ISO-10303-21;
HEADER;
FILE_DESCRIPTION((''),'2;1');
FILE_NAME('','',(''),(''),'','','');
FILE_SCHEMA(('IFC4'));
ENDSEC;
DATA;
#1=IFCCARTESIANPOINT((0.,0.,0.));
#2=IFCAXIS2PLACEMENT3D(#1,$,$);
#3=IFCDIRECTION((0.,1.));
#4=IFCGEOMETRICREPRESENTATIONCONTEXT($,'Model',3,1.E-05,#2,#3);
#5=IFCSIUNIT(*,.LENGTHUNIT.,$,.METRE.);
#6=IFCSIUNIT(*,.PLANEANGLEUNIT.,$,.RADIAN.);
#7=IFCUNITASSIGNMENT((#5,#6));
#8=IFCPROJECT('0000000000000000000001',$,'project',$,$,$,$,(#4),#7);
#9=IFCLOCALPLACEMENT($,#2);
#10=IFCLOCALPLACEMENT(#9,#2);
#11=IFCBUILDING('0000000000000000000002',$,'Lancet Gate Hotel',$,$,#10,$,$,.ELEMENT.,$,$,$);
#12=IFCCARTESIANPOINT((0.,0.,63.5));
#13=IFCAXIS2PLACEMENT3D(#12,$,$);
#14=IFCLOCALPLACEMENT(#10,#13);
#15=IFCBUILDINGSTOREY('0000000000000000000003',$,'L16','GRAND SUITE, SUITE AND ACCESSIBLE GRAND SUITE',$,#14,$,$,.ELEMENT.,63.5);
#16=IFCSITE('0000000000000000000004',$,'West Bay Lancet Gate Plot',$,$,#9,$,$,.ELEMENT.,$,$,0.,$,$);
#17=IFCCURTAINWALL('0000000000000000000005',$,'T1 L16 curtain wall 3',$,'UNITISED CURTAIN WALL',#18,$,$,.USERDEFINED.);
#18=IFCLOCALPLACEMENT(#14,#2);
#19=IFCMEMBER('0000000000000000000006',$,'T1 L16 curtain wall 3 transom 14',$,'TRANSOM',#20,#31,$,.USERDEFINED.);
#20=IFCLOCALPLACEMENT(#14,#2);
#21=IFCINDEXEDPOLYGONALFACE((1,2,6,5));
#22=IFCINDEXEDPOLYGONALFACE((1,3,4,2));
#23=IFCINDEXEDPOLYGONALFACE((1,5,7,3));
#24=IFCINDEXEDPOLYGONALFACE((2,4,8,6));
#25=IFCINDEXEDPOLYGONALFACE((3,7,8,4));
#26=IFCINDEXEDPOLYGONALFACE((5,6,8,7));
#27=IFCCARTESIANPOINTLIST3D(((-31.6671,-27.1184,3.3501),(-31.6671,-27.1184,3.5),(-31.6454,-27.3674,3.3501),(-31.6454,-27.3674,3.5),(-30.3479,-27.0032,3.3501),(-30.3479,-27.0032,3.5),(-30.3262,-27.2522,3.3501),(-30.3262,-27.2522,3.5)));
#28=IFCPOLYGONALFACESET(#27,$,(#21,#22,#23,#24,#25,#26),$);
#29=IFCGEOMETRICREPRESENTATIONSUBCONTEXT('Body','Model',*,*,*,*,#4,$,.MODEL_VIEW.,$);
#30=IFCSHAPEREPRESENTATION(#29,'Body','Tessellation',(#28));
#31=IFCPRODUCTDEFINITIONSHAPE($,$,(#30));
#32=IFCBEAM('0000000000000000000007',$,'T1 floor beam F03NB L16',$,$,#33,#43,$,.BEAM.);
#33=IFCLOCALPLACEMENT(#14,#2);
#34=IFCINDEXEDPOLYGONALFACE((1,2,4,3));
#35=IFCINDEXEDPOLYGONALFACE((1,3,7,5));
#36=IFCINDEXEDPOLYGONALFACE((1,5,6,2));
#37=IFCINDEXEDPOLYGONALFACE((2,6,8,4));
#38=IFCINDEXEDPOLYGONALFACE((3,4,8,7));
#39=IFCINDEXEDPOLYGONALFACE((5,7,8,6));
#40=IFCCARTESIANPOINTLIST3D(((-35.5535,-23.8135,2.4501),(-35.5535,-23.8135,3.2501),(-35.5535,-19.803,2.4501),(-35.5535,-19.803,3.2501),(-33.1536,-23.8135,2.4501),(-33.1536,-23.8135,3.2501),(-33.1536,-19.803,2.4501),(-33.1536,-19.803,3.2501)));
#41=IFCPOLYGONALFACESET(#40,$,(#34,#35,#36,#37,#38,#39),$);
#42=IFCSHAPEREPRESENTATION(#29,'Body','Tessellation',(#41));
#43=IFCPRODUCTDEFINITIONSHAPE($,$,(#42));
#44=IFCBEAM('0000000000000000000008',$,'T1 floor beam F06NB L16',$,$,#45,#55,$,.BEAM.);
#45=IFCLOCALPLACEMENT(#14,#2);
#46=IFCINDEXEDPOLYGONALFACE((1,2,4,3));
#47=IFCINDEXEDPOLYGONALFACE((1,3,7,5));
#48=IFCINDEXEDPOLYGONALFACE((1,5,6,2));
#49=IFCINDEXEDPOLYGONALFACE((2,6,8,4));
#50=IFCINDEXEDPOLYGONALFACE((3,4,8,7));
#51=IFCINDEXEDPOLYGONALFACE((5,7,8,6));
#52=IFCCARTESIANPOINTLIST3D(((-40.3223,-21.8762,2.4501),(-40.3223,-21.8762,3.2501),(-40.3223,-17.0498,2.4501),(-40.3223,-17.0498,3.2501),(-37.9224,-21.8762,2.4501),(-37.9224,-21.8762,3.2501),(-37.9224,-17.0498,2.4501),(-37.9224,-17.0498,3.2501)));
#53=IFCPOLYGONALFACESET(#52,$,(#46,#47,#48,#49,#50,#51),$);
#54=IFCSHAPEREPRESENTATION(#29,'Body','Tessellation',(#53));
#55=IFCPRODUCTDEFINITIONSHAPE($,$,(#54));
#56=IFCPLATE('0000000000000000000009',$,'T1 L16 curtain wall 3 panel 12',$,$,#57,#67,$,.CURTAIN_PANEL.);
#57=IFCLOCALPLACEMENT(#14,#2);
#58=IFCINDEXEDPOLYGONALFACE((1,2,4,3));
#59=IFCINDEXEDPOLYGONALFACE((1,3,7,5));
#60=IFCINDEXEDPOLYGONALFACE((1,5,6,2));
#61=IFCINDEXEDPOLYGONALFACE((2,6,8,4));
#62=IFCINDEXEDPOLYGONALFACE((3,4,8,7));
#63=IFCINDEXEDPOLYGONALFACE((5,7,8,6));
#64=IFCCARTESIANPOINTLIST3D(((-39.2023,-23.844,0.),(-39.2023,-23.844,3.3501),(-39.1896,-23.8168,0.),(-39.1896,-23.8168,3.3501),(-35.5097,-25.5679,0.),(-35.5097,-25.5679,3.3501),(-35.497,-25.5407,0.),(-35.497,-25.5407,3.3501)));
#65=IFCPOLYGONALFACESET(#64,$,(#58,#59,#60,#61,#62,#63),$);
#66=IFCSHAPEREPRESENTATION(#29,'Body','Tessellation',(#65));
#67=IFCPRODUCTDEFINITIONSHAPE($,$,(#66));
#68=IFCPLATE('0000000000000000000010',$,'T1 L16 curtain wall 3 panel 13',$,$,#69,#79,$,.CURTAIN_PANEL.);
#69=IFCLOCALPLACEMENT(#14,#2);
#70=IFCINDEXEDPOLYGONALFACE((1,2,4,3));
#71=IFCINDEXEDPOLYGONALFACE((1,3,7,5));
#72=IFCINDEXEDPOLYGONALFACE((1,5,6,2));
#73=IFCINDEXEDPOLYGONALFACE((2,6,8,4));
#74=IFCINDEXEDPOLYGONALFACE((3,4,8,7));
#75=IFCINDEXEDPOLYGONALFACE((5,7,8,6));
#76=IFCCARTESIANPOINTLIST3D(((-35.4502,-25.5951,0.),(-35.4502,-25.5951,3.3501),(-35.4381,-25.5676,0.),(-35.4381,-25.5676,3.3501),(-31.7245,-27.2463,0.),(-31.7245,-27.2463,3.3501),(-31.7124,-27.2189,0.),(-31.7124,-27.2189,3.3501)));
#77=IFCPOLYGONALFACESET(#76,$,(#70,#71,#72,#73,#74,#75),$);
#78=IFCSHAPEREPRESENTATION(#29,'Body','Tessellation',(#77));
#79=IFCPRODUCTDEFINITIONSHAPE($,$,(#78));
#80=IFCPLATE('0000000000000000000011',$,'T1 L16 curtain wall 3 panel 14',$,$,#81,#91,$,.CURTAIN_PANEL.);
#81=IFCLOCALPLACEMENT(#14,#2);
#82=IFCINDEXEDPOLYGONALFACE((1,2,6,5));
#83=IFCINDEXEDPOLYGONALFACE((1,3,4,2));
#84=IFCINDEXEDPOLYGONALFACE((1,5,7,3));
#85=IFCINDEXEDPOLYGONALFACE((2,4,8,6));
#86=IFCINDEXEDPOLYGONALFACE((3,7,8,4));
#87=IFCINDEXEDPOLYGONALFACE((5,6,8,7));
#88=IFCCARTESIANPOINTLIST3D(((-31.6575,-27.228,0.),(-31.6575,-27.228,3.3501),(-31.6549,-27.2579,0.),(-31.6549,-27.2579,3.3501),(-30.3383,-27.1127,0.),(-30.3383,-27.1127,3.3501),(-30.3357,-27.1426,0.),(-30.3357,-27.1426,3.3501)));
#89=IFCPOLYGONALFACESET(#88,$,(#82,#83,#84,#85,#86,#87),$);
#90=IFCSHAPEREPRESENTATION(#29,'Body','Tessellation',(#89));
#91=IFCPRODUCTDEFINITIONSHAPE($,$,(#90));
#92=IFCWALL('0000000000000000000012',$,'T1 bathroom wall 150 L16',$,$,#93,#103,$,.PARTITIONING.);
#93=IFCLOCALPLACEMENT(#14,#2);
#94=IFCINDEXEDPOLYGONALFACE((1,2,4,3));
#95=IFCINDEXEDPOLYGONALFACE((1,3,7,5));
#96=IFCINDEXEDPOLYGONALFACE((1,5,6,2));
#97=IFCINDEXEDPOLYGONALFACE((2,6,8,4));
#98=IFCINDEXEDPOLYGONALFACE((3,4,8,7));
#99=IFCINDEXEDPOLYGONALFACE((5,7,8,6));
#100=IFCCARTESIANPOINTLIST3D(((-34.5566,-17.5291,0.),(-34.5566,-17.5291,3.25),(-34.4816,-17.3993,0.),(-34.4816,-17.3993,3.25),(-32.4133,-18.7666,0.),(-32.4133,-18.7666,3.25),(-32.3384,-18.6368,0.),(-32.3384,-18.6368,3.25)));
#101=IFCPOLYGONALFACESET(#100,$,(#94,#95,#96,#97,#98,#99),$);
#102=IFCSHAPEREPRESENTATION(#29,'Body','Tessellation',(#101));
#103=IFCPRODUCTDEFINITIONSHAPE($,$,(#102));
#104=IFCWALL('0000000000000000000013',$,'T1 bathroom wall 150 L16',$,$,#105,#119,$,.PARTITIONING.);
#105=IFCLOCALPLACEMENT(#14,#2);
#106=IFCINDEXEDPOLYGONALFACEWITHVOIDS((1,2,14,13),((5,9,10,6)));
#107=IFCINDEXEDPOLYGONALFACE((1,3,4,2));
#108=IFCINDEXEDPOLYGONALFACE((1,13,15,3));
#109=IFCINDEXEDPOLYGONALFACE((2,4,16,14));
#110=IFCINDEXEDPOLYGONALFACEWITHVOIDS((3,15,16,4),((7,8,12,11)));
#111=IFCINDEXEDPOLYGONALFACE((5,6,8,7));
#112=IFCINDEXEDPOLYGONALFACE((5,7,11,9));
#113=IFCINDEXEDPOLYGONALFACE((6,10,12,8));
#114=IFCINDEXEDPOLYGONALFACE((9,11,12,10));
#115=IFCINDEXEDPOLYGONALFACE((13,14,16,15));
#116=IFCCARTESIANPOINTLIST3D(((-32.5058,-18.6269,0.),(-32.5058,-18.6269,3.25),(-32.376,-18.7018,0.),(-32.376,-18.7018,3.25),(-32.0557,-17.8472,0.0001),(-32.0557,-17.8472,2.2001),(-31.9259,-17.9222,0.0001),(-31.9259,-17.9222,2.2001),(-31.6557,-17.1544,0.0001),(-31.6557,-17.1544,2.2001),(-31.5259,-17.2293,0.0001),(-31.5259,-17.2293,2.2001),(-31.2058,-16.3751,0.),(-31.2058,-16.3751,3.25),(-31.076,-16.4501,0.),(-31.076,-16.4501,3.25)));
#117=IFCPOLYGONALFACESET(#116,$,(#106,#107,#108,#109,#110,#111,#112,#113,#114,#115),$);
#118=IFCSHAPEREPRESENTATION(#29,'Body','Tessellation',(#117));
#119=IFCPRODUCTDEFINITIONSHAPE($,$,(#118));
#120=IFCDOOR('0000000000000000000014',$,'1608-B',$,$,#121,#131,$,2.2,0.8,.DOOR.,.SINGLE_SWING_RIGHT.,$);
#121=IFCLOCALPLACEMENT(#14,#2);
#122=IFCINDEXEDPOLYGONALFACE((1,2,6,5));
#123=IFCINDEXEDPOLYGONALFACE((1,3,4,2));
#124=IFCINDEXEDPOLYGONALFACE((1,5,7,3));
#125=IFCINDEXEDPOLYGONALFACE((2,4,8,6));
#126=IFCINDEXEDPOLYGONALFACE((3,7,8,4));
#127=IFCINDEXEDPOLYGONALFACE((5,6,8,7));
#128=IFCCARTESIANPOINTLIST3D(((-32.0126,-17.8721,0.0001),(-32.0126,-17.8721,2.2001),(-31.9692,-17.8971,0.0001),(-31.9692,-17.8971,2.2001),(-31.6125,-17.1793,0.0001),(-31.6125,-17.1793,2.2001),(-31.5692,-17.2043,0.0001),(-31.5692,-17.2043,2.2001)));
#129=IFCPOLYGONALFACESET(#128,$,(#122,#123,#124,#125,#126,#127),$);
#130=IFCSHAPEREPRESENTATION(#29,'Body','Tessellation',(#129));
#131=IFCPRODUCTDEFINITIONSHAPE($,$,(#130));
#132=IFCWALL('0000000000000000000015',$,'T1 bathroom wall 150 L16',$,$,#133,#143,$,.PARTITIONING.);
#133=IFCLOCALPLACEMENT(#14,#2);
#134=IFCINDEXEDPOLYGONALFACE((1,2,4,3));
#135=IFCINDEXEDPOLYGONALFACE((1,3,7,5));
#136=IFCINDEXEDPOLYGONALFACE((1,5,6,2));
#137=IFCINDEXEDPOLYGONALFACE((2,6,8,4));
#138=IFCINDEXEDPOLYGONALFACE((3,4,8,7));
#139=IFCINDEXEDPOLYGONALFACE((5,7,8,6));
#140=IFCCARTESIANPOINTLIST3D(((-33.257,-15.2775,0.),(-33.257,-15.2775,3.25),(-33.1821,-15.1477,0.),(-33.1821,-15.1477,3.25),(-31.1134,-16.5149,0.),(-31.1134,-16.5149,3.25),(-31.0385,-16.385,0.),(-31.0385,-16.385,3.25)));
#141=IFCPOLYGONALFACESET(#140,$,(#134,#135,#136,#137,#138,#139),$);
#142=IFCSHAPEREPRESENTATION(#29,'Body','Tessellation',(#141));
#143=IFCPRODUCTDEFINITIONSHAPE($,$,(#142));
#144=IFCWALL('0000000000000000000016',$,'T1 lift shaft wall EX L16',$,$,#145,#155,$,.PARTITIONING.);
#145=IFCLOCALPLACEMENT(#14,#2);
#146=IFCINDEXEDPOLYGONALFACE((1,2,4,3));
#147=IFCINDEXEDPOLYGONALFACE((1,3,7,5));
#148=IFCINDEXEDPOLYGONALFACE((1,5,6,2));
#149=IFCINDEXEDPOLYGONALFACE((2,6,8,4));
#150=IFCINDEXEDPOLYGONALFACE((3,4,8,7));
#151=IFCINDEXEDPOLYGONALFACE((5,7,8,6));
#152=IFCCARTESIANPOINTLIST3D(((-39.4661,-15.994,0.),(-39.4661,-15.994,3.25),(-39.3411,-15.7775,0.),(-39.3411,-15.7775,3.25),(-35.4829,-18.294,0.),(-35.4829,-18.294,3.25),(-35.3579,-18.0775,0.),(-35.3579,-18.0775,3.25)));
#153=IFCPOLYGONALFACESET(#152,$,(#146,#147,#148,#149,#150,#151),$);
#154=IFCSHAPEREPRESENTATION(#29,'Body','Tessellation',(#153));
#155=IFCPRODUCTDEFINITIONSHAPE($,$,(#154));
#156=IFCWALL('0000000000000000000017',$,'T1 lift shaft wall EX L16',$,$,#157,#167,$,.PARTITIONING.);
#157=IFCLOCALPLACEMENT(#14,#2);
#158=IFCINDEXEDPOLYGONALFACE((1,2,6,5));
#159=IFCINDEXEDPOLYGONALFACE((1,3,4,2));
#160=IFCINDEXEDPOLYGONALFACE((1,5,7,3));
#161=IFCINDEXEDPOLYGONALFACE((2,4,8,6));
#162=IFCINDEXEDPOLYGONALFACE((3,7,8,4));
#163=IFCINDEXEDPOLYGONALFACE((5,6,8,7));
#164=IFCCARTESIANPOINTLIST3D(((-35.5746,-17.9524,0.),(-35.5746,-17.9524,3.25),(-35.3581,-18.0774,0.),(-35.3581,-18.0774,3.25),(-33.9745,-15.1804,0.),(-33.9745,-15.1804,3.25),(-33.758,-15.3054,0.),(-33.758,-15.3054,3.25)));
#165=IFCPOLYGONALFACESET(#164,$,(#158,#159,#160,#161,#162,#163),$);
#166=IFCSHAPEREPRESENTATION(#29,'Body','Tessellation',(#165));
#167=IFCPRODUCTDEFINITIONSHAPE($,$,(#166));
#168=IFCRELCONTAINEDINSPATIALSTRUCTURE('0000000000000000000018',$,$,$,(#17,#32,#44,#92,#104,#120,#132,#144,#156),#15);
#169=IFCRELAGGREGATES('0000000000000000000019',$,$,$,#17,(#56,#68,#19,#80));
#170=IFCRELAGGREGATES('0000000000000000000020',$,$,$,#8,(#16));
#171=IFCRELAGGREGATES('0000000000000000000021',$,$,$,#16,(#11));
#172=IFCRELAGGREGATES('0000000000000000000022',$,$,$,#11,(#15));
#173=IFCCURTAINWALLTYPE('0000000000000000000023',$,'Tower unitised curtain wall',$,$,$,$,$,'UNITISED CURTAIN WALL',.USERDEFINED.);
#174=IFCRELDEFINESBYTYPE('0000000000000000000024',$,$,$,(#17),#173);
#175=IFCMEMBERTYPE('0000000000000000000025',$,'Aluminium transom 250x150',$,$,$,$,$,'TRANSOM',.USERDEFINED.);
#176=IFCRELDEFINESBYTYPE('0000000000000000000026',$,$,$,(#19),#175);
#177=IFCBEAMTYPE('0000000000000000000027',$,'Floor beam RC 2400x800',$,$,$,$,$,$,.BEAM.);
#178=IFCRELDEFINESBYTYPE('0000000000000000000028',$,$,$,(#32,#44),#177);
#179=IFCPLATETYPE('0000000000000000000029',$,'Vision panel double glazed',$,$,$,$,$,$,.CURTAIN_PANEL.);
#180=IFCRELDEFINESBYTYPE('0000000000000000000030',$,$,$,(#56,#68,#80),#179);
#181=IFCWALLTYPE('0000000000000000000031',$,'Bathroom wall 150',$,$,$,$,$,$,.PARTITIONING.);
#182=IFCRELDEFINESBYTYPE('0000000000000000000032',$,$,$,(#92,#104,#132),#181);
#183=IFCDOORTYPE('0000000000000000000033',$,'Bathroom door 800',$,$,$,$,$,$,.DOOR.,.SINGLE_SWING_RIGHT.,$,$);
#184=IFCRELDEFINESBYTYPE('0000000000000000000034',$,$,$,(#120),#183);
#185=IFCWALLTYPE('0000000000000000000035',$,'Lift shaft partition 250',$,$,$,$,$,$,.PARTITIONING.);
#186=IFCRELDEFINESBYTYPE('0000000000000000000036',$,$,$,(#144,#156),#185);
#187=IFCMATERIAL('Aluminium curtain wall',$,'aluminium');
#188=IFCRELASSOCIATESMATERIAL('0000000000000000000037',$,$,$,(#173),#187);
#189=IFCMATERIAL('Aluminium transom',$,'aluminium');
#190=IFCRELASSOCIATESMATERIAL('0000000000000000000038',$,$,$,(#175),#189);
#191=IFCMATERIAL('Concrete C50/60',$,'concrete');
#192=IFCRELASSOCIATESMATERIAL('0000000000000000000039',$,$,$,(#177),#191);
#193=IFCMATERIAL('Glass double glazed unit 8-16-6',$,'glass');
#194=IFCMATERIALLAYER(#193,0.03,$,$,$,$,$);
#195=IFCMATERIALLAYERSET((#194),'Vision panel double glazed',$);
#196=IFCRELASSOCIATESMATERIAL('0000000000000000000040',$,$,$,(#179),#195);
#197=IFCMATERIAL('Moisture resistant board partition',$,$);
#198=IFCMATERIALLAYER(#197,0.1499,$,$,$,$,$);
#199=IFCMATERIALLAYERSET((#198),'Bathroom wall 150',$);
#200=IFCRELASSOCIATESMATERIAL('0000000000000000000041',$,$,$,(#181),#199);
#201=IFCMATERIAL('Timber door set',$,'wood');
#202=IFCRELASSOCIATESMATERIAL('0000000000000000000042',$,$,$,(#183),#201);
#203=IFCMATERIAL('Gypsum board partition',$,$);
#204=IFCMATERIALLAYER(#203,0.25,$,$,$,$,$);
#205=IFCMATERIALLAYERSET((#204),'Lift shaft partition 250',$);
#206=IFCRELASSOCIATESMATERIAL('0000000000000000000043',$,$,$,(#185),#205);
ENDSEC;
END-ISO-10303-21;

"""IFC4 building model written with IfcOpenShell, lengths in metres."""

from ifc_helpers import new_model, si_unit, direction, frame, frame_2d, origin, origin_2d, place, context, subcontext, project, spatial, rectangle, extrude, material, layer, layer_set, material_profile, profile_set, type_object, element, fill, aggregate, save


model = new_model("IFC4")

# Units and contexts
model_context = context("Model", 3, precision=1e-05, world=origin(), true_north=direction((0.0, 1.0)))
body_context = subcontext(model_context, "Body", "Model", "MODEL_VIEW")
ifc_project = project(units=[si_unit("LENGTHUNIT", "METRE"), si_unit("PLANEANGLEUNIT", "RADIAN")], contexts=[model_context])

# Site, building, storey
site_placement = place(None, origin())
site = spatial("IfcSite", under=ifc_project, at=site_placement, Name="West Bay Lancet Gate Plot", CompositionType="ELEMENT", RefElevation=0.0)
building_placement = place(site_placement, origin())
building = spatial("IfcBuilding", under=site, at=building_placement, Name="Lancet Gate Hotel", CompositionType="ELEMENT")
storey_placement = place(building_placement, frame((0.0, 0.0, 63.5)))
storey = spatial("IfcBuildingStorey", under=building, at=storey_placement, Name="L16", Description="GRAND SUITE, SUITE AND ACCESSIBLE GRAND SUITE", CompositionType="ELEMENT", Elevation=63.5)

# Curtain wall, member
ifc_material_1 = material(Name="Aluminium curtain wall", Category="aluminium")
curtain_wall_type = type_object("IfcCurtainWallType", Name="Tower unitised curtain wall", ElementType="UNITISED CURTAIN WALL", PredefinedType="USERDEFINED", material=ifc_material_1)
curtain_wall_placement = place(storey_placement, origin())
curtain_wall = element("IfcCurtainWall", 1, at=curtain_wall_placement, inside=storey, type_object=curtain_wall_type, Name="T1 L16 curtain wall 3", ObjectType="UNITISED CURTAIN WALL", PredefinedType="USERDEFINED")
ifc_material_2 = material(Name="Aluminium transom", Category="aluminium")
ifc_material_profile_1 = material_profile(ifc_material_2, rectangle(XDim=0.25, YDim=0.1499, at=origin_2d()), Name="TRANSOM 250x150")
ifc_profile_set_1 = profile_set([ifc_material_profile_1], Name="Aluminium transom")
member_type_1 = type_object("IfcMemberType", Name="Aluminium transom 250x150", ElementType="TRANSOM", PredefinedType="USERDEFINED", material=ifc_profile_set_1)
member_1_placement = place(storey_placement, frame((-31.6562, -27.2429, 3.425), z_axis=(0.996206, 0.087027, 0.0), x_axis=(-0.087027, 0.996206, 0.0)))
member_1 = element("IfcMember", 2, at=member_1_placement, type_object=member_type_1, Name="T1 L16 curtain wall 3 transom 14", ObjectType="TRANSOM", PredefinedType="USERDEFINED", context=body_context, shape_type="SweptSolid", body=[
    extrude(rectangle(XDim=0.25, YDim=0.1499, at=origin_2d()), origin(), (0.0, 0.0, 1.0), 1.3242),
])

# Beams
ifc_material_3 = material(Name="Concrete C50/60", Category="concrete")
ifc_material_profile_2 = material_profile(ifc_material_3, rectangle(XDim=2.3999, YDim=0.8, at=origin_2d()), Name="RC 2400x800")
ifc_profile_set_2 = profile_set([ifc_material_profile_2], Name="Concrete C50/60")
beam_type = type_object("IfcBeamType", Name="Floor beam RC 2400x800", PredefinedType="BEAM", material=ifc_profile_set_2)
beam_1_placement = place(storey_placement, frame((-34.3535, -19.803, 2.8501), z_axis=(0.0, -1.0, 0.0), x_axis=(1.0, 0.0, 0.0)))
element("IfcBeam", 3, at=beam_1_placement, inside=storey, type_object=beam_type, Name="T1 floor beam F03NB L16", PredefinedType="BEAM", context=body_context, shape_type="SweptSolid", body=[
    extrude(rectangle(XDim=2.3999, YDim=0.8, at=origin_2d()), origin(), (0.0, 0.0, 1.0), 4.0105),
])
beam_2_placement = place(storey_placement, frame((-39.1223, -17.0498, 2.8501), z_axis=(0.0, -1.0, 0.0), x_axis=(1.0, 0.0, 0.0)))
element("IfcBeam", 4, at=beam_2_placement, inside=storey, type_object=beam_type, Name="T1 floor beam F06NB L16", PredefinedType="BEAM", context=body_context, shape_type="SweptSolid", body=[
    extrude(rectangle(XDim=2.3999, YDim=0.8, at=origin_2d()), origin(), (0.0, 0.0, 1.0), 4.8264),
])

# Plates
ifc_material_4 = material(Name="Glass double glazed unit 8-16-6", Category="glass")
ifc_layer_1 = layer(ifc_material_4, 0.03)
ifc_layer_set_1 = layer_set([ifc_layer_1], Name="Vision panel double glazed")
plate_type = type_object("IfcPlateType", Name="Vision panel double glazed", PredefinedType="CURTAIN_PANEL", material=ifc_layer_set_1)
plate_1_placement = place(storey_placement, frame((-37.3496, -24.6924, 0.0), z_axis=(0.0, 0.0, 1.0), x_axis=(0.906118, -0.423026, 0.0)))
plate_1 = element("IfcPlate", 5, at=plate_1_placement, type_object=plate_type, Name="T1 L16 curtain wall 3 panel 12", PredefinedType="CURTAIN_PANEL", context=body_context, shape_type="SweptSolid", body=[
    extrude(rectangle(XDim=4.0752, YDim=0.03, at=origin_2d()), origin(), (0.0, 0.0, 1.0), 3.3501),
])
plate_2_placement = place(storey_placement, frame((-33.5813, -26.407, 0.0), z_axis=(0.0, 0.0, 1.0), x_axis=(0.914234, -0.405186, 0.0)))
plate_2 = element("IfcPlate", 6, at=plate_2_placement, type_object=plate_type, Name="T1 L16 curtain wall 3 panel 13", PredefinedType="CURTAIN_PANEL", context=body_context, shape_type="SweptSolid", body=[
    extrude(rectangle(XDim=4.0752, YDim=0.03, at=origin_2d()), origin(), (0.0, 0.0, 1.0), 3.3501),
])
plate_3_placement = place(storey_placement, frame((-30.9966, -27.1853, 0.0), z_axis=(0.0, 0.0, 1.0), x_axis=(0.996204, 0.087052, 0.0)))
plate_3 = element("IfcPlate", 7, at=plate_3_placement, type_object=plate_type, Name="T1 L16 curtain wall 3 panel 14", PredefinedType="CURTAIN_PANEL", context=body_context, shape_type="SweptSolid", body=[
    extrude(rectangle(XDim=1.3242, YDim=0.03, at=origin_2d()), origin(), (0.0, 0.0, 1.0), 3.3501),
])
aggregate(curtain_wall, [plate_1, plate_2, member_1, plate_3])

# Wall
ifc_material_5 = material(Name="Moisture resistant board partition")
ifc_layer_2 = layer(ifc_material_5, 0.1499)
ifc_layer_set_2 = layer_set([ifc_layer_2], Name="Bathroom wall 150")
wall_type_1 = type_object("IfcWallType", Name="Bathroom wall 150", PredefinedType="PARTITIONING", material=ifc_layer_set_2)
wall_1_placement = place(storey_placement, frame((-32.376, -18.7017, 0.0), z_axis=(0.0, 0.0, 1.0), x_axis=(-0.866007, 0.500033, 0.0)))
element("IfcWall", 8, at=wall_1_placement, inside=storey, type_object=wall_type_1, Name="T1 bathroom wall 150 L16", PredefinedType="PARTITIONING", context=body_context, shape_type="SweptSolid", body=[
    extrude(rectangle(XDim=2.4749, YDim=0.1499, at=frame_2d((1.2373, 0.0))), origin(), (0.0, 0.0, 1.0), 3.25),
])

# Wall, opening, door
wall_2_placement = place(storey_placement, frame((-31.1409, -16.4126, 0.0), z_axis=(0.0, 0.0, 1.0), x_axis=(-0.500007, -0.866021, 0.0)))
wall_2 = element("IfcWall", 9, at=wall_2_placement, inside=storey, type_object=wall_type_1, Name="T1 bathroom wall 150 L16", PredefinedType="PARTITIONING", context=body_context, shape_type="SweptSolid", body=[
    extrude(rectangle(XDim=2.6001, YDim=0.1499, at=frame_2d((1.3, 0.0))), origin(), (0.0, 0.0, 1.0), 3.25),
])
opening_placement = place(wall_2_placement, frame((0.8999, 0.0, 0.0)))
opening = element("IfcOpeningElement", 10, at=opening_placement, cuts=wall_2, PredefinedType="OPENING", context=body_context, shape_type="SweptSolid", body=[
    extrude(rectangle(XDim=0.8, YDim=2.2, at=frame_2d((0.3999, 1.1001))), frame((0.0, 0.085, 0.0), z_axis=(0.0, -1.0, 0.0), x_axis=(1.0, 0.0, 0.0)), (0.0, 0.0, 1.0), 0.1699),
])
ifc_material_6 = material(Name="Timber door set", Category="wood")
door_type = type_object("IfcDoorType", Name="Bathroom door 800", OperationType="SINGLE_SWING_RIGHT", PredefinedType="DOOR", material=ifc_material_6)
door_placement = place(opening_placement, origin())
door = element("IfcDoor", 11, at=door_placement, inside=storey, type_object=door_type, Name="1608-B", OperationType="SINGLE_SWING_RIGHT", OverallHeight=2.2, OverallWidth=0.8, PredefinedType="DOOR", context=body_context, shape_type="SweptSolid", body=[
    extrude(rectangle(XDim=0.8, YDim=2.2, at=frame_2d((0.3999, 1.1001))), frame((0.0, 0.0249, 0.0), z_axis=(0.0, -1.0, 0.0), x_axis=(1.0, 0.0, 0.0)), (0.0, 0.0, 1.0), 0.05),
])
fill(opening, door)

# Walls
wall_3_placement = place(storey_placement, frame((-31.0759, -16.45, 0.0), z_axis=(0.0, 0.0, 1.0), x_axis=(-0.866074, 0.499916, 0.0)))
element("IfcWall", 12, at=wall_3_placement, inside=storey, type_object=wall_type_1, Name="T1 bathroom wall 150 L16", PredefinedType="PARTITIONING", context=body_context, shape_type="SweptSolid", body=[
    extrude(rectangle(XDim=2.4751, YDim=0.1499, at=frame_2d((1.2375, 0.0))), origin(), (0.0, 0.0, 1.0), 3.25),
])
ifc_material_7 = material(Name="Gypsum board partition")
ifc_layer_3 = layer(ifc_material_7, 0.25)
ifc_layer_set_3 = layer_set([ifc_layer_3], Name="Lift shaft partition 250")
wall_type_2 = type_object("IfcWallType", Name="Lift shaft partition 250", PredefinedType="PARTITIONING", material=ifc_layer_set_3)
wall_4_placement = place(storey_placement, frame((-35.4204, -18.1858, 0.0), z_axis=(0.0, 0.0, 1.0), x_axis=(-0.86599, 0.500061, 0.0)))
element("IfcWall", 13, at=wall_4_placement, inside=storey, type_object=wall_type_2, Name="T1 lift shaft wall EX L16", PredefinedType="PARTITIONING", context=body_context, shape_type="SweptSolid", body=[
    extrude(rectangle(XDim=4.5996, YDim=0.25, at=frame_2d((2.2998, 0.0))), origin(), (0.0, 0.0, 1.0), 3.25),
])
wall_5_placement = place(storey_placement, frame((-33.8662, -15.2429, 0.0), z_axis=(0.0, 0.0, 1.0), x_axis=(-0.499929, -0.866066, 0.0)))
element("IfcWall", 14, at=wall_5_placement, inside=storey, type_object=wall_type_2, Name="T1 lift shaft wall EX L16", PredefinedType="PARTITIONING", context=body_context, shape_type="SweptSolid", body=[
    extrude(rectangle(XDim=3.2007, YDim=0.25, at=frame_2d((1.6003, 0.0))), origin(), (0.0, 0.0, 1.0), 3.25),
])

save(model, "model.ifc")
